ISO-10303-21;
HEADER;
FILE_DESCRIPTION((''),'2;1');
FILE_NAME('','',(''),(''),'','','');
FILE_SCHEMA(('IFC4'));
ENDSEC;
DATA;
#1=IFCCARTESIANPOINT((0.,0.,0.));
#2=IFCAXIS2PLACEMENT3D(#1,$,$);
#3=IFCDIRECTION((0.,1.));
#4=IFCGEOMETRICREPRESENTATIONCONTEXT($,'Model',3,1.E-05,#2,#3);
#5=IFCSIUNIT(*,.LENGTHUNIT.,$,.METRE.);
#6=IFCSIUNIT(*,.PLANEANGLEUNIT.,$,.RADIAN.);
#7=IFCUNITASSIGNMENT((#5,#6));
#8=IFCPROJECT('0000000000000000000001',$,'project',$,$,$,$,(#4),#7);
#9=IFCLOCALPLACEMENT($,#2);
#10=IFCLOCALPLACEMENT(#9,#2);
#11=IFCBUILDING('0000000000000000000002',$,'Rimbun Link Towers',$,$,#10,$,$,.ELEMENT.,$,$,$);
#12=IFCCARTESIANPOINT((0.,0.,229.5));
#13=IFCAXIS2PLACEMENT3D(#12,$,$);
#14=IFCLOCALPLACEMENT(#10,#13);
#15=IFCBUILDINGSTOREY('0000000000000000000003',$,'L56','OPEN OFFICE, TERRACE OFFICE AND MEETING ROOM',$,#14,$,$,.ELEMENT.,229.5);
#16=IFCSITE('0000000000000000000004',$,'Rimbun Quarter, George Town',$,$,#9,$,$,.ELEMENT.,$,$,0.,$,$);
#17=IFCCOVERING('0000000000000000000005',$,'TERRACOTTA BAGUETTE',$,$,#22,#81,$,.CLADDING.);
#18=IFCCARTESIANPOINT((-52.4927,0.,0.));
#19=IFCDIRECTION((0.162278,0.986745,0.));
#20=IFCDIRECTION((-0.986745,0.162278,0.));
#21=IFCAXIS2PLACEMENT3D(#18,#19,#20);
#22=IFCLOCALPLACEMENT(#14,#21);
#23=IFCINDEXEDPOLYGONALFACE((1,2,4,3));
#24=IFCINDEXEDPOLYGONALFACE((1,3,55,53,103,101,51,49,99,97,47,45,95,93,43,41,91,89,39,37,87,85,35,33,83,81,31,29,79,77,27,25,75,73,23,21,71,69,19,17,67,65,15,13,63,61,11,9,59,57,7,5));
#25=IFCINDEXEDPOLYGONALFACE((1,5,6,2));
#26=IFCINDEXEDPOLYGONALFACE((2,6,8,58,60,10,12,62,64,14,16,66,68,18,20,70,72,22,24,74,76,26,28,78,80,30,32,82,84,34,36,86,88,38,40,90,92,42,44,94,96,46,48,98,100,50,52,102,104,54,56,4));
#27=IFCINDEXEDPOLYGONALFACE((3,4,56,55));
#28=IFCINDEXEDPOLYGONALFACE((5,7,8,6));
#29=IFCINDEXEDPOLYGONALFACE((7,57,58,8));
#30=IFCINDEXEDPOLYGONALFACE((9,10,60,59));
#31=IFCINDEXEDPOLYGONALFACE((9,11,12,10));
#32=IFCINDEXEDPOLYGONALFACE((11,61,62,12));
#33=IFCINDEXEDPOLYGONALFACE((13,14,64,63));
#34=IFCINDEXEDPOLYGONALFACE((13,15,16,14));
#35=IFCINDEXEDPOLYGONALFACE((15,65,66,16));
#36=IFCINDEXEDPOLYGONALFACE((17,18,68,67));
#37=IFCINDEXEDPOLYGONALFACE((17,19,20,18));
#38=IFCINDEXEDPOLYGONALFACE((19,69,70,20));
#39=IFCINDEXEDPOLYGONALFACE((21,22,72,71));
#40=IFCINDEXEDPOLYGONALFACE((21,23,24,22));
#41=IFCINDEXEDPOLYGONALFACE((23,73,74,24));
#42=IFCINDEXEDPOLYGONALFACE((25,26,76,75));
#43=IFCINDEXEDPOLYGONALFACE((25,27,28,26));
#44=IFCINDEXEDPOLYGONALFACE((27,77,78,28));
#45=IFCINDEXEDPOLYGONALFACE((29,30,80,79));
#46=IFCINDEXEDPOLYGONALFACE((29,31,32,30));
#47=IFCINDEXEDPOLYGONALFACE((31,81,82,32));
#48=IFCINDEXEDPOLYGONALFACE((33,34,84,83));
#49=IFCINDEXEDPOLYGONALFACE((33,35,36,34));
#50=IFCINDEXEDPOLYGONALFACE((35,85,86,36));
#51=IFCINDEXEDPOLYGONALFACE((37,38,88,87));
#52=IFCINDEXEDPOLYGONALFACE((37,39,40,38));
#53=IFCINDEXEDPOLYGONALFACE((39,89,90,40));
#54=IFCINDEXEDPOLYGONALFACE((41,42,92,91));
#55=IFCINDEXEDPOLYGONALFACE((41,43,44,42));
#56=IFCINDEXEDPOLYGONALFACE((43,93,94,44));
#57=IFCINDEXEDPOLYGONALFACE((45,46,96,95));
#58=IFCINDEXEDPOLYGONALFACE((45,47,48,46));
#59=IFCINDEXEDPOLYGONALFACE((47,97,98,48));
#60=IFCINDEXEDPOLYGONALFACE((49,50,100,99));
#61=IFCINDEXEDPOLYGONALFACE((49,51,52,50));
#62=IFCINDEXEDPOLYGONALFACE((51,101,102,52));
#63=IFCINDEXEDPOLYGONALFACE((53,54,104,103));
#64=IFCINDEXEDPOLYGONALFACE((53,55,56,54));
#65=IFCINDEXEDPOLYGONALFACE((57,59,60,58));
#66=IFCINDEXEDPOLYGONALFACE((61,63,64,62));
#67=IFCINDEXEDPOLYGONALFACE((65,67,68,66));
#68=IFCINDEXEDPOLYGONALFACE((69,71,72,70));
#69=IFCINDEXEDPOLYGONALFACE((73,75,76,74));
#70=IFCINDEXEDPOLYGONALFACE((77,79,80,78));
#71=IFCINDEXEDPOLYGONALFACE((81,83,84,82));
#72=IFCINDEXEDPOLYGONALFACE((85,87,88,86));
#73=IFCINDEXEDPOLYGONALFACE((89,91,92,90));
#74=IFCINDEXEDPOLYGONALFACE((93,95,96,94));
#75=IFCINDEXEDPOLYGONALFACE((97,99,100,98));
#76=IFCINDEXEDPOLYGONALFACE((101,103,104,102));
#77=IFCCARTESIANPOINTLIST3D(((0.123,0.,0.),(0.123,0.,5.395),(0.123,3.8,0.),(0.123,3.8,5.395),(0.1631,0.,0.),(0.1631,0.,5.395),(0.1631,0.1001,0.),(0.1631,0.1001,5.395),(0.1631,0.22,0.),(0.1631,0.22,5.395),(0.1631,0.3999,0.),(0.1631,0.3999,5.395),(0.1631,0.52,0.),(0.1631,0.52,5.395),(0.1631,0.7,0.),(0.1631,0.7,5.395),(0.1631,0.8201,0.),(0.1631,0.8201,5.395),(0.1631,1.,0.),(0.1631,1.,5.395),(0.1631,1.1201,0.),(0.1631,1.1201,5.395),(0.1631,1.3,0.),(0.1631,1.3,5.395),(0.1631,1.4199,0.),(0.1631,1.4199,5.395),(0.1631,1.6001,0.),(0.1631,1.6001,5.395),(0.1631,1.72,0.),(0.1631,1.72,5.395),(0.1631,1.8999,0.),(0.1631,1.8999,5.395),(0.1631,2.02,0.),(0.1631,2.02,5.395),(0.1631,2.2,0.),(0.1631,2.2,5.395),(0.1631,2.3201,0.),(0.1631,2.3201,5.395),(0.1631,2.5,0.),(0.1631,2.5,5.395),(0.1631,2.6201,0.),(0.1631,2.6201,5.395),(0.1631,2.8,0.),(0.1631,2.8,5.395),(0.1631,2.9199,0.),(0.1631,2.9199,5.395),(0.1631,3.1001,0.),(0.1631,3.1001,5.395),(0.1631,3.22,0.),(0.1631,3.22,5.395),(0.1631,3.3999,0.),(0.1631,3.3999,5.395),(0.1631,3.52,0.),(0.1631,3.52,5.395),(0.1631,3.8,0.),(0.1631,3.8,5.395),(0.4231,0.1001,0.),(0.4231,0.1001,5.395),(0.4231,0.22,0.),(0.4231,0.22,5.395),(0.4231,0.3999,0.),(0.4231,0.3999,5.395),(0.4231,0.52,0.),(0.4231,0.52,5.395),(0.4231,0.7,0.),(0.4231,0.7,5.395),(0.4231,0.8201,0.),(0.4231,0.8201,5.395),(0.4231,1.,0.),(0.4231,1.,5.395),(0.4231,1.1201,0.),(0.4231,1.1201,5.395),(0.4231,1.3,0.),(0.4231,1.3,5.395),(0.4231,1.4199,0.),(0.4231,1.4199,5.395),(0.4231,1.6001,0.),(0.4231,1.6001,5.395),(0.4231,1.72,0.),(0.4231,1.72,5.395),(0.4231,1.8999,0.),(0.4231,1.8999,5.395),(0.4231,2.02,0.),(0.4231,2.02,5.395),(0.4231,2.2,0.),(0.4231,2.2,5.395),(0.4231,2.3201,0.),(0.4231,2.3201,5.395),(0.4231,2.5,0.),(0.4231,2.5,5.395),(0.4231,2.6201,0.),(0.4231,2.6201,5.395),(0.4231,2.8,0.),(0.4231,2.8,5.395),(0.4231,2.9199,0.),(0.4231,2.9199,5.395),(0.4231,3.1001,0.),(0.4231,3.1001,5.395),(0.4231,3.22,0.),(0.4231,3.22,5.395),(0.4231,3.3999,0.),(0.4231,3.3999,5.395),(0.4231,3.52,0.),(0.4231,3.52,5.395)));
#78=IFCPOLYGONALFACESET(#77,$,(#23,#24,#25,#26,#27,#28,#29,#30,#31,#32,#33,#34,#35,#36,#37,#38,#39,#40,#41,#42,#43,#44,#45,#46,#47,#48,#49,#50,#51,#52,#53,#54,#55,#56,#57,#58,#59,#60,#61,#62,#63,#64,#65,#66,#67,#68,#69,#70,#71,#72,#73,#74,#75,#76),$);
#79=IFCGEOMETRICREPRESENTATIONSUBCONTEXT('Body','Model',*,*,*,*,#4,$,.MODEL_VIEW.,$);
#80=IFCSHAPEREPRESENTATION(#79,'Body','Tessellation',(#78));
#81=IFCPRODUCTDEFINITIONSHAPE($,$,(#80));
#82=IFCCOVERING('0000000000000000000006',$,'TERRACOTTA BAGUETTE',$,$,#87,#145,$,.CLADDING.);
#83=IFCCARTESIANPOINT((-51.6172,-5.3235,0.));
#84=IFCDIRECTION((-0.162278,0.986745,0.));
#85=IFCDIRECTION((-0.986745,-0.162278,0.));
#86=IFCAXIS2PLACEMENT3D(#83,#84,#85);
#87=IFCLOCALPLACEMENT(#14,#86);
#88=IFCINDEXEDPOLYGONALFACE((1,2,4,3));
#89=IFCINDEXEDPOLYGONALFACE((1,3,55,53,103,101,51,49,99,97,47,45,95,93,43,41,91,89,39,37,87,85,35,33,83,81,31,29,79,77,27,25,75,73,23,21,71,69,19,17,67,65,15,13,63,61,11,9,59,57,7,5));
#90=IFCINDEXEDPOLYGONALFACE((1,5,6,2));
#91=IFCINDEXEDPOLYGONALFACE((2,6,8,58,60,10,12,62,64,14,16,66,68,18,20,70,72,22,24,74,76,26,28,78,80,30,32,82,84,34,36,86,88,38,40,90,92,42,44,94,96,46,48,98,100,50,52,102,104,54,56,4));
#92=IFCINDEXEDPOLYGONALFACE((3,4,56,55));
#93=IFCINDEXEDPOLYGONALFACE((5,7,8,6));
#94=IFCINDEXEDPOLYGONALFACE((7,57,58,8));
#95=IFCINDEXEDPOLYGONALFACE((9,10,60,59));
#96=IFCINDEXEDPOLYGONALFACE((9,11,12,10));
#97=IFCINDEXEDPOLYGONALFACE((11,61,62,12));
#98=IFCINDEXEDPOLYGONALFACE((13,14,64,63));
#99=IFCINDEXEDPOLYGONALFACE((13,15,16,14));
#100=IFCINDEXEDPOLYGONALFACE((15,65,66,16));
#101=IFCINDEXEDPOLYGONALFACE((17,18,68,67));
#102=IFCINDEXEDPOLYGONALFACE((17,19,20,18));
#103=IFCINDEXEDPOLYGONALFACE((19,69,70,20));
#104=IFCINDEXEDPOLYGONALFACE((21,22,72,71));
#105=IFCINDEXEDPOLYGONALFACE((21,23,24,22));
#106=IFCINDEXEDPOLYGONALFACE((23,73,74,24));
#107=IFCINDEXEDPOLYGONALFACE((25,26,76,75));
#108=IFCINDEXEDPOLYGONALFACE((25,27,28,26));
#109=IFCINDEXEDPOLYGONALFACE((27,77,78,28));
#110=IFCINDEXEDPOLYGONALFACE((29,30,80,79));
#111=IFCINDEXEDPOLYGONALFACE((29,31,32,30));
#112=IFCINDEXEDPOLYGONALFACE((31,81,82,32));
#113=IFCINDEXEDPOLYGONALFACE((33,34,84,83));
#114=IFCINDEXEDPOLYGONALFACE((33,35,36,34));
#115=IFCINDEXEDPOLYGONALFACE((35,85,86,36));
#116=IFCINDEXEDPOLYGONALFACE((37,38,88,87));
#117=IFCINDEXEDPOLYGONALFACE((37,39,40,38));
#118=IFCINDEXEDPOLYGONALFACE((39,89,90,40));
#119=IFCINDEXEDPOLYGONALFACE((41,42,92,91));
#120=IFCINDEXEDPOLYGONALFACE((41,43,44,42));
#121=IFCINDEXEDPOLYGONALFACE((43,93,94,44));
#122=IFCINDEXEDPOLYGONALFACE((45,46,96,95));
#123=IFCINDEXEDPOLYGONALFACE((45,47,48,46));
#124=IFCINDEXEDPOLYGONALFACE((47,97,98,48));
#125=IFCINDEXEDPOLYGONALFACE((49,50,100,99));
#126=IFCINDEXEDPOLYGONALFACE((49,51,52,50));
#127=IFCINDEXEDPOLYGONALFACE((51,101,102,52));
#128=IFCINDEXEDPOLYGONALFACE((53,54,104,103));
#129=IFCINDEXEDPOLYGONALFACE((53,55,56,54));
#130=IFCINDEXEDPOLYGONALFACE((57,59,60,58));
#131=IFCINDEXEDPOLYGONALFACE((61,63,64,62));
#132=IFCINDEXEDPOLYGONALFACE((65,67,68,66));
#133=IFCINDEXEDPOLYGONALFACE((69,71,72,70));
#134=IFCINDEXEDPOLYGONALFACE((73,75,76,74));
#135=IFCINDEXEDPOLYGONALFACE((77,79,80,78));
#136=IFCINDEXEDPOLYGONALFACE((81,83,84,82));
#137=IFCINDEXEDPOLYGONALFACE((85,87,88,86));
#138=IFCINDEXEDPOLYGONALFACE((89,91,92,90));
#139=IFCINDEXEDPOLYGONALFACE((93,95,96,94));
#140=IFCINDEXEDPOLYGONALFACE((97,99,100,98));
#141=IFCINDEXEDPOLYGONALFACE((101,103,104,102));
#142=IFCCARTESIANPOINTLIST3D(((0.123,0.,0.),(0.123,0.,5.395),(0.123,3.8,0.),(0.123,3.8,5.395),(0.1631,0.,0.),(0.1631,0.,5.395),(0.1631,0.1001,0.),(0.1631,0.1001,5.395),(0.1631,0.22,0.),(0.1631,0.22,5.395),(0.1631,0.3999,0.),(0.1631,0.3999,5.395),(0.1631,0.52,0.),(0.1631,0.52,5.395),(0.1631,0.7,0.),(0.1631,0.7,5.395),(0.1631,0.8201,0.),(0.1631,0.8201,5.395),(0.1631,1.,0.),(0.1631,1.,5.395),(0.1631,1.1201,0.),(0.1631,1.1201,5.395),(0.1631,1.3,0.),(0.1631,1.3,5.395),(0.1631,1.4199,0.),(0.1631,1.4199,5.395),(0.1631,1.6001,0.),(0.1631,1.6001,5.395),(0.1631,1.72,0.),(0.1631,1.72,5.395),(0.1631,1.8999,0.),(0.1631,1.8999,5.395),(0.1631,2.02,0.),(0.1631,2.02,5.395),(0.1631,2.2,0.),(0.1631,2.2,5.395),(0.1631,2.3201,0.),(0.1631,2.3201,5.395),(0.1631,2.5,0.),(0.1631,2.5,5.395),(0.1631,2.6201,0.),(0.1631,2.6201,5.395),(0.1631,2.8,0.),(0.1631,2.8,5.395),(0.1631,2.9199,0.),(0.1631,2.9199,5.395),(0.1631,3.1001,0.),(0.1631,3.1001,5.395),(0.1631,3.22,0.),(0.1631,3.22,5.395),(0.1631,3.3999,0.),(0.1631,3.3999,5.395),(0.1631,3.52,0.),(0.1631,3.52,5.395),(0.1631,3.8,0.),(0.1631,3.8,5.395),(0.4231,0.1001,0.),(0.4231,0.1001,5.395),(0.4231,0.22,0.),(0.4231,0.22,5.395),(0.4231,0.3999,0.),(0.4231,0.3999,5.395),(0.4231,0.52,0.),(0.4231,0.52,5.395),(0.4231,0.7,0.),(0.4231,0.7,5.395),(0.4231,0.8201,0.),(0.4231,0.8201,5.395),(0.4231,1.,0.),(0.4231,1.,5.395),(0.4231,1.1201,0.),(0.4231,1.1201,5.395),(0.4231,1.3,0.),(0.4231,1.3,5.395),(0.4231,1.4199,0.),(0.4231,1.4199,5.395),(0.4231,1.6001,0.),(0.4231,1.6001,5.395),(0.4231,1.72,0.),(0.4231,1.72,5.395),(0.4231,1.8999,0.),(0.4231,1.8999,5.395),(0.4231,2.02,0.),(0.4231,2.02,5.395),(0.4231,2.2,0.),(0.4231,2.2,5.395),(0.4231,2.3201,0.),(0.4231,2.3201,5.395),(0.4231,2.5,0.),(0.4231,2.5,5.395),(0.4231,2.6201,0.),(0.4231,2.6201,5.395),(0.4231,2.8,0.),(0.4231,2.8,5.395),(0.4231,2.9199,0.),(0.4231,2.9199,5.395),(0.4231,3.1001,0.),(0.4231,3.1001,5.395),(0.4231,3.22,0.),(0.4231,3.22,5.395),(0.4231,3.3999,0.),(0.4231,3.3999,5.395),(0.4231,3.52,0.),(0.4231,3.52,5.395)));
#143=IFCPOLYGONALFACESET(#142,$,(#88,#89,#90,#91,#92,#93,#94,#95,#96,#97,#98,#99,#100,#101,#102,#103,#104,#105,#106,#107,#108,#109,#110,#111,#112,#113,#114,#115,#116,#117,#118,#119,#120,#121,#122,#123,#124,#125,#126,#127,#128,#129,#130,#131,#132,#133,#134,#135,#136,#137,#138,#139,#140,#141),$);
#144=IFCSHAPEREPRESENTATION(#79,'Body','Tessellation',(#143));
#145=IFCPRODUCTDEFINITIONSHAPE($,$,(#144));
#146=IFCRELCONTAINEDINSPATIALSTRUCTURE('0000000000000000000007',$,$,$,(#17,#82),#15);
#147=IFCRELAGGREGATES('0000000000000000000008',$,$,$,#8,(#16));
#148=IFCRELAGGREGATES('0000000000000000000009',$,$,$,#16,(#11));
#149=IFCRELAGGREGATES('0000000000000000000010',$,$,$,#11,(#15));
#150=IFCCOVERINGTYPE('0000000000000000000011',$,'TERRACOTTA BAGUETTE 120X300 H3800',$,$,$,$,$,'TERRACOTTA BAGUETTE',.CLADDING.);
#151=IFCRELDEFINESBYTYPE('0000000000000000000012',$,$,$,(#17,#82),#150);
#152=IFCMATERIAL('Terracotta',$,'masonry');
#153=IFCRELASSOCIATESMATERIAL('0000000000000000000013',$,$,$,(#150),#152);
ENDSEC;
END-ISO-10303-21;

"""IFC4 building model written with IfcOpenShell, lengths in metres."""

from ifc_helpers import new_model, si_unit, direction, frame, origin, place, context, subcontext, project, spatial, polyline, outline, extrude, material, material_profile, profile_set, type_object, element, save


model = new_model("IFC4")

# Units and contexts
model_context = context("Model", 3, precision=1e-05, world=origin(), true_north=direction((0.0, 1.0)))
body_context = subcontext(model_context, "Body", "Model", "MODEL_VIEW")
ifc_project = project(units=[si_unit("LENGTHUNIT", "METRE"), si_unit("PLANEANGLEUNIT", "RADIAN")], contexts=[model_context])

# Site, building, storey
site_placement = place(None, origin())
site = spatial("IfcSite", under=ifc_project, at=site_placement, Name="Rimbun Quarter, George Town", CompositionType="ELEMENT", RefElevation=0.0)
building_placement = place(site_placement, origin())
building = spatial("IfcBuilding", under=site, at=building_placement, Name="Rimbun Link Towers", CompositionType="ELEMENT")
storey_placement = place(building_placement, frame((0.0, 0.0, 229.5)))
storey = spatial("IfcBuildingStorey", under=building, at=storey_placement, Name="L56", Description="OPEN OFFICE, TERRACE OFFICE AND MEETING ROOM", CompositionType="ELEMENT", Elevation=229.5)

# Coverings
ifc_material_1 = material(Name="Terracotta", Category="masonry")
ifc_material_profile_1 = material_profile(ifc_material_1, outline(polyline([(0.123, 0.0), (0.1631, 0.0), (0.1631, 0.1001), (0.4231, 0.1001), (0.4231, 0.22), (0.1631, 0.22), (0.1631, 0.3999), (0.4231, 0.3999), (0.4231, 0.52), (0.1631, 0.52), (0.1631, 0.7), (0.4231, 0.7), (0.4231, 0.8201), (0.1631, 0.8201), (0.1631, 1.0), (0.4231, 1.0), (0.4231, 1.1201), (0.1631, 1.1201), (0.1631, 1.3), (0.4231, 1.3), (0.4231, 1.4199), (0.1631, 1.4199), (0.1631, 1.6001), (0.4231, 1.6001), (0.4231, 1.72), (0.1631, 1.72), (0.1631, 1.8999), (0.4231, 1.8999), (0.4231, 2.02), (0.1631, 2.02), (0.1631, 2.2), (0.4231, 2.2), (0.4231, 2.3201), (0.1631, 2.3201), (0.1631, 2.5), (0.4231, 2.5), (0.4231, 2.6201), (0.1631, 2.6201), (0.1631, 2.8), (0.4231, 2.8), (0.4231, 2.9199), (0.1631, 2.9199), (0.1631, 3.1001), (0.4231, 3.1001), (0.4231, 3.22), (0.1631, 3.22), (0.1631, 3.3999), (0.4231, 3.3999), (0.4231, 3.52), (0.1631, 3.52), (0.1631, 3.8), (0.123, 3.8), (0.123, 0.0)])), Name="BAGUETTE 120X300")
ifc_profile_set_1 = profile_set([ifc_material_profile_1], Name="Terracotta")
covering_type = type_object("IfcCoveringType", Name="TERRACOTTA BAGUETTE 120X300 H3800", ElementType="TERRACOTTA BAGUETTE", PredefinedType="CLADDING", material=ifc_profile_set_1)
for number, where, z_axis, x_axis, name in (
    (1, (-52.4927, 0.0, 0.0), (0.162278, 0.986745, 0.0), (-0.986745, 0.162278, 0.0), "TERRACOTTA BAGUETTE"),
    (2, (-51.6172, -5.3235, 0.0), (-0.162278, 0.986745, 0.0), (-0.986745, -0.162278, 0.0), "TERRACOTTA BAGUETTE"),
):
    element("IfcCovering", number, at=place(storey_placement, frame(where, z_axis=z_axis, x_axis=x_axis)), inside=storey, type_object=covering_type, Name=name, PredefinedType="CLADDING", context=body_context, shape_type="SweptSolid", body=[
        extrude(outline(polyline([(0.123, 0.0), (0.1631, 0.0), (0.1631, 0.1001), (0.4231, 0.1001), (0.4231, 0.22), (0.1631, 0.22), (0.1631, 0.3999), (0.4231, 0.3999), (0.4231, 0.52), (0.1631, 0.52), (0.1631, 0.7), (0.4231, 0.7), (0.4231, 0.8201), (0.1631, 0.8201), (0.1631, 1.0), (0.4231, 1.0), (0.4231, 1.1201), (0.1631, 1.1201), (0.1631, 1.3), (0.4231, 1.3), (0.4231, 1.4199), (0.1631, 1.4199), (0.1631, 1.6001), (0.4231, 1.6001), (0.4231, 1.72), (0.1631, 1.72), (0.1631, 1.8999), (0.4231, 1.8999), (0.4231, 2.02), (0.1631, 2.02), (0.1631, 2.2), (0.4231, 2.2), (0.4231, 2.3201), (0.1631, 2.3201), (0.1631, 2.5), (0.4231, 2.5), (0.4231, 2.6201), (0.1631, 2.6201), (0.1631, 2.8), (0.4231, 2.8), (0.4231, 2.9199), (0.1631, 2.9199), (0.1631, 3.1001), (0.4231, 3.1001), (0.4231, 3.22), (0.1631, 3.22), (0.1631, 3.3999), (0.4231, 3.3999), (0.4231, 3.52), (0.1631, 3.52), (0.1631, 3.8), (0.123, 3.8), (0.123, 0.0)])), origin(), (0.0, 0.0, 1.0), 5.395),
    ])

save(model, "model.ifc")
